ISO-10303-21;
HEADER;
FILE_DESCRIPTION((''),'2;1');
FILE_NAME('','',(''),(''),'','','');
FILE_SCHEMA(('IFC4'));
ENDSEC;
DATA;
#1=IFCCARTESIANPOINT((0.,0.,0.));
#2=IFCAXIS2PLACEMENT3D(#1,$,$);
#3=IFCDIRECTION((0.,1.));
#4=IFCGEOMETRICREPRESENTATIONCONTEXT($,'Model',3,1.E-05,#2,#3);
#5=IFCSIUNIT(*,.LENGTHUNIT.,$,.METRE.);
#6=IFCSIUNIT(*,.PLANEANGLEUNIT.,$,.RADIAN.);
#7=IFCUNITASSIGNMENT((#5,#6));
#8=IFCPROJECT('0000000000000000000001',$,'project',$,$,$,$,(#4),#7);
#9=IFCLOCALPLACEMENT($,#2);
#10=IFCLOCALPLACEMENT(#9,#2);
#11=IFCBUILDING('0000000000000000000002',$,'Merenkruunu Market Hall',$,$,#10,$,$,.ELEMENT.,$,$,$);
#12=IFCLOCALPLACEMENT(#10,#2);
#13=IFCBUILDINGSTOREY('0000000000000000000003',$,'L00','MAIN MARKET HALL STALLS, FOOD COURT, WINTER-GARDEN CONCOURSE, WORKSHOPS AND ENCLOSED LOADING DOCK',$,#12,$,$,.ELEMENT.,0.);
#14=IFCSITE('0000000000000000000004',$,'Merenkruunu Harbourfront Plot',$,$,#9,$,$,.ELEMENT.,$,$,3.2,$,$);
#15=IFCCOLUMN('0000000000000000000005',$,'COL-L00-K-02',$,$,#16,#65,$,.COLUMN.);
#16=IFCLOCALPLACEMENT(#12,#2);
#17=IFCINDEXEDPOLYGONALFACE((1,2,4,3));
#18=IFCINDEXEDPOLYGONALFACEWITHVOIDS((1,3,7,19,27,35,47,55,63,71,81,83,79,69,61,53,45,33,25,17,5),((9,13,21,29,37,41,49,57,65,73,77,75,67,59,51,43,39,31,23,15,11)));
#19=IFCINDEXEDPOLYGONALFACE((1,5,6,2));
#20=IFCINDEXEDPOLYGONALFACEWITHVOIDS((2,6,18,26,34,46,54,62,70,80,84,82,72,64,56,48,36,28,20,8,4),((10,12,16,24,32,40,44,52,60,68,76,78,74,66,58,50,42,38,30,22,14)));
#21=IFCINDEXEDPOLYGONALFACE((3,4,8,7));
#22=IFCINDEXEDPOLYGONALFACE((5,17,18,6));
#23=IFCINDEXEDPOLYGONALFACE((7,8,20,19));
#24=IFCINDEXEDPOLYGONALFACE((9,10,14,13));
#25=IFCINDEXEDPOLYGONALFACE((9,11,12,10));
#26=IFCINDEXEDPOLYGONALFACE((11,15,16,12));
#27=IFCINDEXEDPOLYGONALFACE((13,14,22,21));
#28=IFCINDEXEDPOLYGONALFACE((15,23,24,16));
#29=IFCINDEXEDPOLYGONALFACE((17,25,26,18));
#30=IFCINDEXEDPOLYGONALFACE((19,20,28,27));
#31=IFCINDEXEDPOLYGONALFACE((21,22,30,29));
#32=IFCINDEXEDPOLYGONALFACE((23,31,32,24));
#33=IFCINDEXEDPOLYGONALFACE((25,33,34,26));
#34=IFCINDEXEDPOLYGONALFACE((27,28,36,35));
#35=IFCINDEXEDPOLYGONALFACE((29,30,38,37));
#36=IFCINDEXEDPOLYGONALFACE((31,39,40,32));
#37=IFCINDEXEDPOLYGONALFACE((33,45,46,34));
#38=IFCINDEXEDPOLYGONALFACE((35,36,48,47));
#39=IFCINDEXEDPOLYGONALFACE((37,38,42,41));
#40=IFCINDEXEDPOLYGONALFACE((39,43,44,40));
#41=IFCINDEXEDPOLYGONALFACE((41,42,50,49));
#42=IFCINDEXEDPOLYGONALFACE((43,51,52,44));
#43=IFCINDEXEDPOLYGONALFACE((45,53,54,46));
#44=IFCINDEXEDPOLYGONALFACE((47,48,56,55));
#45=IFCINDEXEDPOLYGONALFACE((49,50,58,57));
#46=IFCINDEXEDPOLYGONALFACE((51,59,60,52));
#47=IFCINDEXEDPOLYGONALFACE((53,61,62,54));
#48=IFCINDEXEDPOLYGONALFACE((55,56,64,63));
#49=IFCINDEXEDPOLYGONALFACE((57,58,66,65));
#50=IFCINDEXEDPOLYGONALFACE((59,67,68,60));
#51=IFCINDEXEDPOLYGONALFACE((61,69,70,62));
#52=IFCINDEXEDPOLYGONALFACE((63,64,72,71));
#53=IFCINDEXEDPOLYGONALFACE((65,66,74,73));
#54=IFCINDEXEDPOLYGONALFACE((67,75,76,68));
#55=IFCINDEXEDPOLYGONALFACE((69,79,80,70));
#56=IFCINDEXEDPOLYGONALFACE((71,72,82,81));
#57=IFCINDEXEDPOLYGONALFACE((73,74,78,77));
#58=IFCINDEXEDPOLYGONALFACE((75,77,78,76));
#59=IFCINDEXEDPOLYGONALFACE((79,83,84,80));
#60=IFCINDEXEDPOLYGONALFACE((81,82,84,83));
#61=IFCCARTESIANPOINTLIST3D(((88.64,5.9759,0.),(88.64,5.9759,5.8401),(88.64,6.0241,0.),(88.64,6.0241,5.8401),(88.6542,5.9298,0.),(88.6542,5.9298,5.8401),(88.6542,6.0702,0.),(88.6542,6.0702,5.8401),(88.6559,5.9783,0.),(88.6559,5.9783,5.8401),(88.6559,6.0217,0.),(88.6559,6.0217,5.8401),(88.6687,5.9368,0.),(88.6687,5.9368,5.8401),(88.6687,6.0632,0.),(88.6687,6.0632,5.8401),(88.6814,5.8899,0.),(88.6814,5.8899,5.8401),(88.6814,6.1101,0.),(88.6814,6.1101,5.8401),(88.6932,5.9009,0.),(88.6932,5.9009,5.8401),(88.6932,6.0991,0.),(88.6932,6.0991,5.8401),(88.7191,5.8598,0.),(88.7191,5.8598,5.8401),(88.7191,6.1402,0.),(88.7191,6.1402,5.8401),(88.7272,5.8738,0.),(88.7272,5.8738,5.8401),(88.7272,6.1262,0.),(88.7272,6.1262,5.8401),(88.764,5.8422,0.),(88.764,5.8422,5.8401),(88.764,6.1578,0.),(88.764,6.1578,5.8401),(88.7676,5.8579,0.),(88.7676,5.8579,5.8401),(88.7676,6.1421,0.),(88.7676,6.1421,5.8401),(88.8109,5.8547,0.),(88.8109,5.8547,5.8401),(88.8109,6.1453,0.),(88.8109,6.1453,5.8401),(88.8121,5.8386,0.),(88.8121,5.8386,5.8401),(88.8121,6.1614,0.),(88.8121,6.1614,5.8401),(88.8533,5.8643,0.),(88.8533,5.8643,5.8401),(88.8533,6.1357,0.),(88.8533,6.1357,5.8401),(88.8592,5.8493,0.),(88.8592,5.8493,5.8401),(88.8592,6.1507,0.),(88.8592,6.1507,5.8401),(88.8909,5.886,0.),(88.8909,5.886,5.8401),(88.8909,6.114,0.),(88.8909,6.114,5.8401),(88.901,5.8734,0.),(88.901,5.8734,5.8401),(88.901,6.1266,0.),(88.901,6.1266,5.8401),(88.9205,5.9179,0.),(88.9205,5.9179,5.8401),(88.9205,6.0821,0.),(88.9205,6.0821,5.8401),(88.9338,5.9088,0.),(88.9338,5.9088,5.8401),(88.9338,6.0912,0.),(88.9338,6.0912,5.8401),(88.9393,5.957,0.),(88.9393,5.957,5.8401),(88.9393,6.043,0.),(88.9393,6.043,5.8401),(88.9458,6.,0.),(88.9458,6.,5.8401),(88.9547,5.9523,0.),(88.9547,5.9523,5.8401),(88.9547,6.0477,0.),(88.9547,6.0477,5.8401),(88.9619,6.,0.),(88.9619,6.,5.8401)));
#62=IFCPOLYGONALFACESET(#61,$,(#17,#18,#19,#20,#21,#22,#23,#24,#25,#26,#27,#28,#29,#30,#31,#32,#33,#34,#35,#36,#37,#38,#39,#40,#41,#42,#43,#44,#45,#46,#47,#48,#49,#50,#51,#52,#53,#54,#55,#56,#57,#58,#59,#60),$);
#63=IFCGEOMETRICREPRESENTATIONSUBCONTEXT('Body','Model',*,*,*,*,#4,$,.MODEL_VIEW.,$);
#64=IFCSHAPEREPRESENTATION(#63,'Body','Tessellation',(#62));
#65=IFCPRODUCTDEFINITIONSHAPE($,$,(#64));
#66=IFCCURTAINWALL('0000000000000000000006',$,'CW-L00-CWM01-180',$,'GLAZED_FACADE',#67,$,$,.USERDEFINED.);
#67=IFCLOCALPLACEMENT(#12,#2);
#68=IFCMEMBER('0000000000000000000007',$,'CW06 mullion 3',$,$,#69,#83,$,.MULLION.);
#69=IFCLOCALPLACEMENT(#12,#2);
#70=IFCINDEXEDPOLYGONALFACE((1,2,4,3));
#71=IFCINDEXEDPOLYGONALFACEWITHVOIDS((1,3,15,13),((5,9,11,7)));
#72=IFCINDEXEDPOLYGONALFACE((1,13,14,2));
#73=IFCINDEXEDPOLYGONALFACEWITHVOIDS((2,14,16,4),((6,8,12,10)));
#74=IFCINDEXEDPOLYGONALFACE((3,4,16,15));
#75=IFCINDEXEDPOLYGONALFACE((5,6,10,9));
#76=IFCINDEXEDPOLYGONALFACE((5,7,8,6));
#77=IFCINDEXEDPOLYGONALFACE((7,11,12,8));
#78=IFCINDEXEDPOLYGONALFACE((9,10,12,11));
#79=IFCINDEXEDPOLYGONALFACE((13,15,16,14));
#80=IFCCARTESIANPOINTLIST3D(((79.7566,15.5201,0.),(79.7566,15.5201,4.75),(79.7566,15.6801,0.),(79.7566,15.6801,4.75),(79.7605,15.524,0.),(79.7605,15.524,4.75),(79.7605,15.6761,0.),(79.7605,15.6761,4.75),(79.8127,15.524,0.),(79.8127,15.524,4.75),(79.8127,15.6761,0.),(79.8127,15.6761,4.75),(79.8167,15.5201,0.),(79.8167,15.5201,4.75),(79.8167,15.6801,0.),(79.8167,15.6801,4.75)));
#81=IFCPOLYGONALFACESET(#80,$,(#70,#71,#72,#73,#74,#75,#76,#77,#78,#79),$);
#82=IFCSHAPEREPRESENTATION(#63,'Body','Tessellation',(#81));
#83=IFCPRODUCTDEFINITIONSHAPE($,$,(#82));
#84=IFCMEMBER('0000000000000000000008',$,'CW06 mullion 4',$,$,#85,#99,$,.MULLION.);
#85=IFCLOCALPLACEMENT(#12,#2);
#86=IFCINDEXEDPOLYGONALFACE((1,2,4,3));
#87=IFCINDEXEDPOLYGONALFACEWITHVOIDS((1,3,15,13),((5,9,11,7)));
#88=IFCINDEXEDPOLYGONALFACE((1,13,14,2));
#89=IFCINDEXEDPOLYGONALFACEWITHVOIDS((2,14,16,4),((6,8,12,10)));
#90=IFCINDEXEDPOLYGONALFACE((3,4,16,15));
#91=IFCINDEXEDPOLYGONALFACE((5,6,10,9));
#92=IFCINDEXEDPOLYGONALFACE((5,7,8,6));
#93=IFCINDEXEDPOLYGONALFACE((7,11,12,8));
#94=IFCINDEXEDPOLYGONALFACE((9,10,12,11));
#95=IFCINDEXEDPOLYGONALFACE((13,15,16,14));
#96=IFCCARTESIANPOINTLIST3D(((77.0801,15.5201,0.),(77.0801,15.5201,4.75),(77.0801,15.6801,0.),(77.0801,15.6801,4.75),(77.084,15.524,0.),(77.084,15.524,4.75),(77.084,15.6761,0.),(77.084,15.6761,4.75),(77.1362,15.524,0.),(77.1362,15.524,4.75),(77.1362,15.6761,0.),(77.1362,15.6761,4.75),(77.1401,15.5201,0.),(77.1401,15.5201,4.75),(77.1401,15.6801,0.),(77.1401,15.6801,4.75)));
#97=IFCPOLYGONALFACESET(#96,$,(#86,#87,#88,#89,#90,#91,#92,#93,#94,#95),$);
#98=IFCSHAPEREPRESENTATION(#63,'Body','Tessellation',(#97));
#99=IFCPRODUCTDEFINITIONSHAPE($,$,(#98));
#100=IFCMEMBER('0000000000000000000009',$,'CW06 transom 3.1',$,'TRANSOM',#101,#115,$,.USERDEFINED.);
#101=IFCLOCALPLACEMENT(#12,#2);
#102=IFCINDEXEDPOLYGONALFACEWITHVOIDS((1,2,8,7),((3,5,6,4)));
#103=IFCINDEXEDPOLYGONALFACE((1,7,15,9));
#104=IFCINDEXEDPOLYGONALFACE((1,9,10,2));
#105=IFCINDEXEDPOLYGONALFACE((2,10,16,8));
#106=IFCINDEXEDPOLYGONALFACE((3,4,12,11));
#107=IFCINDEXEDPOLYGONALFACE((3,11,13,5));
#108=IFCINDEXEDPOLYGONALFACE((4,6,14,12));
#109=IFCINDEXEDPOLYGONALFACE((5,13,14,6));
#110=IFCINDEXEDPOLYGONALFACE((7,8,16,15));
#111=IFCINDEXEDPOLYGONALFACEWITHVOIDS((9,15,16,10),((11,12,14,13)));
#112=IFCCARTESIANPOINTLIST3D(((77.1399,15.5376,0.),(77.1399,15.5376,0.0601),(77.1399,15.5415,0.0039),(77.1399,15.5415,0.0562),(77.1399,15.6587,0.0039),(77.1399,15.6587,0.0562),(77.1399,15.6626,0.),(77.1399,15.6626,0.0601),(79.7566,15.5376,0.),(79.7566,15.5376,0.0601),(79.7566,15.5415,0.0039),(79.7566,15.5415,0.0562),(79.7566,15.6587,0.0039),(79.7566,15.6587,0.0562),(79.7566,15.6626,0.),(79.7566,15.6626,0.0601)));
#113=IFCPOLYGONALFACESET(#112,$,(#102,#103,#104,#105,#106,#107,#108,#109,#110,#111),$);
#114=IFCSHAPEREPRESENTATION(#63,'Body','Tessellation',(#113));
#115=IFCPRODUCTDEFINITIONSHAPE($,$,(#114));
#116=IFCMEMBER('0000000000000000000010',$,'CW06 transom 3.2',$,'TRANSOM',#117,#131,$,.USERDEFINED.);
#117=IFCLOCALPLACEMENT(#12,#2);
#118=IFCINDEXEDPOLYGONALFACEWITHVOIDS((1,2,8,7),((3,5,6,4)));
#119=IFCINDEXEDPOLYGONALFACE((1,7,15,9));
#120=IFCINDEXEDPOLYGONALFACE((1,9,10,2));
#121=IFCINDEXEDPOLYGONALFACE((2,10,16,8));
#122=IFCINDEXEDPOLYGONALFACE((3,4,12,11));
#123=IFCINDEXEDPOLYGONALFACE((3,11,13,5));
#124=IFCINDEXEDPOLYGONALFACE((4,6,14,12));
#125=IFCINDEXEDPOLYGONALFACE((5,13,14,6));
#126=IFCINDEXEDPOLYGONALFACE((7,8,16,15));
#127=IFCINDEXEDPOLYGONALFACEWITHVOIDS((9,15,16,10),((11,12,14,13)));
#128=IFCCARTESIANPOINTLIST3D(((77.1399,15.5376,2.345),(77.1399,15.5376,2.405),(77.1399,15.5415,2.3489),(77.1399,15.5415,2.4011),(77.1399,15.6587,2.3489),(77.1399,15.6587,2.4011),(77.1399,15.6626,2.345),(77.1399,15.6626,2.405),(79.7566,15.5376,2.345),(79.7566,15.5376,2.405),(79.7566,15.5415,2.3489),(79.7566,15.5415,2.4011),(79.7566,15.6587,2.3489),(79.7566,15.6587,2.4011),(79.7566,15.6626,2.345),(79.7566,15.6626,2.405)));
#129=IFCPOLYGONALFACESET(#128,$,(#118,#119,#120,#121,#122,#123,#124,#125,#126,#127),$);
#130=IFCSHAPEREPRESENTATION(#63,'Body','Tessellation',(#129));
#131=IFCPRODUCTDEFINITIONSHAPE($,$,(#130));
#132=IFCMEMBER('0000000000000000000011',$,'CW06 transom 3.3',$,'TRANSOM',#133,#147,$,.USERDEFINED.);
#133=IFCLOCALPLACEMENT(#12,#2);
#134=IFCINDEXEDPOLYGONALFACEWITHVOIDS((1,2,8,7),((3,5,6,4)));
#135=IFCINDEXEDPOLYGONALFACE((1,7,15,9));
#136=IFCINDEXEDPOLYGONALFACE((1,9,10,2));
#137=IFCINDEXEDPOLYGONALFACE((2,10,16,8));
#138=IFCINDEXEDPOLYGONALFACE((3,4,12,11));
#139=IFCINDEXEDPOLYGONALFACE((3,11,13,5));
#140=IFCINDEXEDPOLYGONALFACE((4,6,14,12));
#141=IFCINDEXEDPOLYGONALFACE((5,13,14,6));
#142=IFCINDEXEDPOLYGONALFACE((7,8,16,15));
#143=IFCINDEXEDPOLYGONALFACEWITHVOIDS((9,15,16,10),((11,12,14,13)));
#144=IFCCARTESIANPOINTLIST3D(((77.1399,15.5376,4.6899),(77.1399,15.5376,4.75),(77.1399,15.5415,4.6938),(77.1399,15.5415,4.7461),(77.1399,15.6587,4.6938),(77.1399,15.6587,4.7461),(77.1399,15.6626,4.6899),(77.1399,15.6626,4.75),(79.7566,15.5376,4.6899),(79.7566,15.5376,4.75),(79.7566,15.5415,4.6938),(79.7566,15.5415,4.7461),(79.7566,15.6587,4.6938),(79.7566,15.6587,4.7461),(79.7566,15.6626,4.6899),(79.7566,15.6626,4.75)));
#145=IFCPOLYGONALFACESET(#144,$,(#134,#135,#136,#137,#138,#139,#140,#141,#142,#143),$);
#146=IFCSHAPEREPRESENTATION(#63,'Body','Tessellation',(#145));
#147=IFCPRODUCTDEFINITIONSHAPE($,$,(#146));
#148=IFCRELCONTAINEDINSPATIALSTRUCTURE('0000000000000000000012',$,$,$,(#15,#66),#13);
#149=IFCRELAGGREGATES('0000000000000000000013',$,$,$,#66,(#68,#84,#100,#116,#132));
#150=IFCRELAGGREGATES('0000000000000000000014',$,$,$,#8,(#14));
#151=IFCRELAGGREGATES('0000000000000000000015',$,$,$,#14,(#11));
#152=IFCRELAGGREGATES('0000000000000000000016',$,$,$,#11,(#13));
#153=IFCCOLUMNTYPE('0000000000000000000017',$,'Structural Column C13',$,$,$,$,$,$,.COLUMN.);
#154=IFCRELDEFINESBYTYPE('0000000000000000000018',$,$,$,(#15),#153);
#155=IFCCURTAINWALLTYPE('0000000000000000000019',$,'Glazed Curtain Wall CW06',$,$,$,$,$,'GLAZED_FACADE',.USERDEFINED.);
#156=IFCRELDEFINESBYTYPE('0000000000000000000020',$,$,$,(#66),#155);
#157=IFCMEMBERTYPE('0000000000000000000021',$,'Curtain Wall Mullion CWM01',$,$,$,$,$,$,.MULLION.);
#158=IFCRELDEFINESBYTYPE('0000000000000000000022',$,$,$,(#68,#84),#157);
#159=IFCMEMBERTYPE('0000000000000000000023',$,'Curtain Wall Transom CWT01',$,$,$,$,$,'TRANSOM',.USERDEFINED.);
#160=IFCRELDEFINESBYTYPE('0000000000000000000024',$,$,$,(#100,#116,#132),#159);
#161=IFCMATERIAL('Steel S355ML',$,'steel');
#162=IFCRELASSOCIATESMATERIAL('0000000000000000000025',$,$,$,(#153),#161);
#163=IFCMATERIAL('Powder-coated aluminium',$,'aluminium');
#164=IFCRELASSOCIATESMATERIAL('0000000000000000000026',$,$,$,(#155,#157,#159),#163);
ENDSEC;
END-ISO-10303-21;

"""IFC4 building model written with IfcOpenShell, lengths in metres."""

from ifc_helpers import new_model, si_unit, direction, frame, origin, origin_2d, place, context, subcontext, project, spatial, hollow_rectangle, hollow_circle, extrude, material, material_profile, profile_set, type_object, element, aggregate, save


model = new_model("IFC4")

# Units and contexts
model_context = context("Model", 3, precision=1e-05, world=origin(), true_north=direction((0.0, 1.0)))
body_context = subcontext(model_context, "Body", "Model", "MODEL_VIEW")
ifc_project = project(units=[si_unit("LENGTHUNIT", "METRE"), si_unit("PLANEANGLEUNIT", "RADIAN")], contexts=[model_context])

# Site, building, storey
site_placement = place(None, origin())
site = spatial("IfcSite", under=ifc_project, at=site_placement, Name="Merenkruunu Harbourfront Plot", CompositionType="ELEMENT", RefElevation=3.2)
building_placement = place(site_placement, origin())
building = spatial("IfcBuilding", under=site, at=building_placement, Name="Merenkruunu Market Hall", CompositionType="ELEMENT")
storey_placement = place(building_placement, origin())
storey = spatial("IfcBuildingStorey", under=building, at=storey_placement, Name="L00", Description="MAIN MARKET HALL STALLS, FOOD COURT, WINTER-GARDEN CONCOURSE, WORKSHOPS AND ENCLOSED LOADING DOCK", CompositionType="ELEMENT", Elevation=0.0)

# Column
ifc_material_1 = material(Name="Steel S355ML", Category="steel")
ifc_material_profile_1 = material_profile(ifc_material_1, hollow_circle(Radius=0.1619, WallThickness=0.0161, at=origin_2d()), Name="CHS 323.9x16")
ifc_profile_set_1 = profile_set([ifc_material_profile_1], Name="Steel S355ML")
column_type = type_object("IfcColumnType", Name="Structural Column C13", PredefinedType="COLUMN", material=ifc_profile_set_1)
column_placement = place(storey_placement, frame((88.8, 6.0, 0.0), z_axis=(0.0, 0.0, 1.0), x_axis=(1.0, 0.0, 0.0)))
element("IfcColumn", 1, at=column_placement, inside=storey, type_object=column_type, Name="COL-L00-K-02", PredefinedType="COLUMN", context=body_context, shape_type="SweptSolid", body=[
    extrude(hollow_circle(Radius=0.1619, WallThickness=0.0161, at=origin_2d()), origin(), (0.0, 0.0, 1.0), 5.8401),
])

# Curtain wall, members
ifc_material_2 = material(Name="Powder-coated aluminium", Category="aluminium")
curtain_wall_type = type_object("IfcCurtainWallType", Name="Glazed Curtain Wall CW06", ElementType="GLAZED_FACADE", PredefinedType="USERDEFINED", material=ifc_material_2)
curtain_wall_placement = place(storey_placement, origin())
curtain_wall = element("IfcCurtainWall", 2, at=curtain_wall_placement, inside=storey, type_object=curtain_wall_type, Name="CW-L00-CWM01-180", ObjectType="GLAZED_FACADE", PredefinedType="USERDEFINED")
ifc_material_profile_2 = material_profile(ifc_material_2, hollow_rectangle(XDim=0.0601, YDim=0.1599, WallThickness=0.0039, at=origin_2d()), Name="ALU 60x160x4")
ifc_profile_set_2 = profile_set([ifc_material_profile_2], Name="Powder-coated aluminium")
member_type_1 = type_object("IfcMemberType", Name="Curtain Wall Mullion CWM01", PredefinedType="MULLION", material=ifc_profile_set_2)
member_1_placement = place(storey_placement, frame((79.7866, 15.6001, 0.0), z_axis=(0.0, 0.0, 1.0), x_axis=(-1.0, 0.0, 0.0)))
member_1 = element("IfcMember", 3, at=member_1_placement, type_object=member_type_1, Name="CW06 mullion 3", PredefinedType="MULLION", context=body_context, shape_type="SweptSolid", body=[
    extrude(hollow_rectangle(XDim=0.0601, YDim=0.1599, WallThickness=0.0039, at=origin_2d()), origin(), (0.0, 0.0, 1.0), 4.75),
])
member_2_placement = place(storey_placement, frame((77.1101, 15.6001, 0.0), z_axis=(0.0, 0.0, 1.0), x_axis=(-1.0, 0.0, 0.0)))
member_2 = element("IfcMember", 4, at=member_2_placement, type_object=member_type_1, Name="CW06 mullion 4", PredefinedType="MULLION", context=body_context, shape_type="SweptSolid", body=[
    extrude(hollow_rectangle(XDim=0.0601, YDim=0.1599, WallThickness=0.0039, at=origin_2d()), origin(), (0.0, 0.0, 1.0), 4.75),
])
ifc_material_profile_3 = material_profile(ifc_material_2, hollow_rectangle(XDim=0.0601, YDim=0.125, WallThickness=0.0039, at=origin_2d()), Name="ALU 60x125x4")
ifc_profile_set_3 = profile_set([ifc_material_profile_3], Name="Powder-coated aluminium")
member_type_2 = type_object("IfcMemberType", Name="Curtain Wall Transom CWT01", ElementType="TRANSOM", PredefinedType="USERDEFINED", material=ifc_profile_set_3)
member_3_placement = place(storey_placement, frame((79.7566, 15.6001, 0.03), z_axis=(-1.0, 0.0, 0.0), x_axis=(0.0, 0.0, 1.0)))
member_3 = element("IfcMember", 5, at=member_3_placement, type_object=member_type_2, Name="CW06 transom 3.1", ObjectType="TRANSOM", PredefinedType="USERDEFINED", context=body_context, shape_type="SweptSolid", body=[
    extrude(hollow_rectangle(XDim=0.0601, YDim=0.125, WallThickness=0.0039, at=origin_2d()), origin(), (0.0, 0.0, 1.0), 2.6167),
])
member_4_placement = place(storey_placement, frame((79.7566, 15.6001, 2.375), z_axis=(-1.0, 0.0, 0.0), x_axis=(0.0, 0.0, 1.0)))
member_4 = element("IfcMember", 6, at=member_4_placement, type_object=member_type_2, Name="CW06 transom 3.2", ObjectType="TRANSOM", PredefinedType="USERDEFINED", context=body_context, shape_type="SweptSolid", body=[
    extrude(hollow_rectangle(XDim=0.0601, YDim=0.125, WallThickness=0.0039, at=origin_2d()), origin(), (0.0, 0.0, 1.0), 2.6167),
])
member_5_placement = place(storey_placement, frame((79.7566, 15.6001, 4.72), z_axis=(-1.0, 0.0, 0.0), x_axis=(0.0, 0.0, 1.0)))
member_5 = element("IfcMember", 7, at=member_5_placement, type_object=member_type_2, Name="CW06 transom 3.3", ObjectType="TRANSOM", PredefinedType="USERDEFINED", context=body_context, shape_type="SweptSolid", body=[
    extrude(hollow_rectangle(XDim=0.0601, YDim=0.125, WallThickness=0.0039, at=origin_2d()), origin(), (0.0, 0.0, 1.0), 2.6167),
])

aggregate(curtain_wall, [member_1, member_2, member_3, member_4, member_5])

save(model, "model.ifc")
